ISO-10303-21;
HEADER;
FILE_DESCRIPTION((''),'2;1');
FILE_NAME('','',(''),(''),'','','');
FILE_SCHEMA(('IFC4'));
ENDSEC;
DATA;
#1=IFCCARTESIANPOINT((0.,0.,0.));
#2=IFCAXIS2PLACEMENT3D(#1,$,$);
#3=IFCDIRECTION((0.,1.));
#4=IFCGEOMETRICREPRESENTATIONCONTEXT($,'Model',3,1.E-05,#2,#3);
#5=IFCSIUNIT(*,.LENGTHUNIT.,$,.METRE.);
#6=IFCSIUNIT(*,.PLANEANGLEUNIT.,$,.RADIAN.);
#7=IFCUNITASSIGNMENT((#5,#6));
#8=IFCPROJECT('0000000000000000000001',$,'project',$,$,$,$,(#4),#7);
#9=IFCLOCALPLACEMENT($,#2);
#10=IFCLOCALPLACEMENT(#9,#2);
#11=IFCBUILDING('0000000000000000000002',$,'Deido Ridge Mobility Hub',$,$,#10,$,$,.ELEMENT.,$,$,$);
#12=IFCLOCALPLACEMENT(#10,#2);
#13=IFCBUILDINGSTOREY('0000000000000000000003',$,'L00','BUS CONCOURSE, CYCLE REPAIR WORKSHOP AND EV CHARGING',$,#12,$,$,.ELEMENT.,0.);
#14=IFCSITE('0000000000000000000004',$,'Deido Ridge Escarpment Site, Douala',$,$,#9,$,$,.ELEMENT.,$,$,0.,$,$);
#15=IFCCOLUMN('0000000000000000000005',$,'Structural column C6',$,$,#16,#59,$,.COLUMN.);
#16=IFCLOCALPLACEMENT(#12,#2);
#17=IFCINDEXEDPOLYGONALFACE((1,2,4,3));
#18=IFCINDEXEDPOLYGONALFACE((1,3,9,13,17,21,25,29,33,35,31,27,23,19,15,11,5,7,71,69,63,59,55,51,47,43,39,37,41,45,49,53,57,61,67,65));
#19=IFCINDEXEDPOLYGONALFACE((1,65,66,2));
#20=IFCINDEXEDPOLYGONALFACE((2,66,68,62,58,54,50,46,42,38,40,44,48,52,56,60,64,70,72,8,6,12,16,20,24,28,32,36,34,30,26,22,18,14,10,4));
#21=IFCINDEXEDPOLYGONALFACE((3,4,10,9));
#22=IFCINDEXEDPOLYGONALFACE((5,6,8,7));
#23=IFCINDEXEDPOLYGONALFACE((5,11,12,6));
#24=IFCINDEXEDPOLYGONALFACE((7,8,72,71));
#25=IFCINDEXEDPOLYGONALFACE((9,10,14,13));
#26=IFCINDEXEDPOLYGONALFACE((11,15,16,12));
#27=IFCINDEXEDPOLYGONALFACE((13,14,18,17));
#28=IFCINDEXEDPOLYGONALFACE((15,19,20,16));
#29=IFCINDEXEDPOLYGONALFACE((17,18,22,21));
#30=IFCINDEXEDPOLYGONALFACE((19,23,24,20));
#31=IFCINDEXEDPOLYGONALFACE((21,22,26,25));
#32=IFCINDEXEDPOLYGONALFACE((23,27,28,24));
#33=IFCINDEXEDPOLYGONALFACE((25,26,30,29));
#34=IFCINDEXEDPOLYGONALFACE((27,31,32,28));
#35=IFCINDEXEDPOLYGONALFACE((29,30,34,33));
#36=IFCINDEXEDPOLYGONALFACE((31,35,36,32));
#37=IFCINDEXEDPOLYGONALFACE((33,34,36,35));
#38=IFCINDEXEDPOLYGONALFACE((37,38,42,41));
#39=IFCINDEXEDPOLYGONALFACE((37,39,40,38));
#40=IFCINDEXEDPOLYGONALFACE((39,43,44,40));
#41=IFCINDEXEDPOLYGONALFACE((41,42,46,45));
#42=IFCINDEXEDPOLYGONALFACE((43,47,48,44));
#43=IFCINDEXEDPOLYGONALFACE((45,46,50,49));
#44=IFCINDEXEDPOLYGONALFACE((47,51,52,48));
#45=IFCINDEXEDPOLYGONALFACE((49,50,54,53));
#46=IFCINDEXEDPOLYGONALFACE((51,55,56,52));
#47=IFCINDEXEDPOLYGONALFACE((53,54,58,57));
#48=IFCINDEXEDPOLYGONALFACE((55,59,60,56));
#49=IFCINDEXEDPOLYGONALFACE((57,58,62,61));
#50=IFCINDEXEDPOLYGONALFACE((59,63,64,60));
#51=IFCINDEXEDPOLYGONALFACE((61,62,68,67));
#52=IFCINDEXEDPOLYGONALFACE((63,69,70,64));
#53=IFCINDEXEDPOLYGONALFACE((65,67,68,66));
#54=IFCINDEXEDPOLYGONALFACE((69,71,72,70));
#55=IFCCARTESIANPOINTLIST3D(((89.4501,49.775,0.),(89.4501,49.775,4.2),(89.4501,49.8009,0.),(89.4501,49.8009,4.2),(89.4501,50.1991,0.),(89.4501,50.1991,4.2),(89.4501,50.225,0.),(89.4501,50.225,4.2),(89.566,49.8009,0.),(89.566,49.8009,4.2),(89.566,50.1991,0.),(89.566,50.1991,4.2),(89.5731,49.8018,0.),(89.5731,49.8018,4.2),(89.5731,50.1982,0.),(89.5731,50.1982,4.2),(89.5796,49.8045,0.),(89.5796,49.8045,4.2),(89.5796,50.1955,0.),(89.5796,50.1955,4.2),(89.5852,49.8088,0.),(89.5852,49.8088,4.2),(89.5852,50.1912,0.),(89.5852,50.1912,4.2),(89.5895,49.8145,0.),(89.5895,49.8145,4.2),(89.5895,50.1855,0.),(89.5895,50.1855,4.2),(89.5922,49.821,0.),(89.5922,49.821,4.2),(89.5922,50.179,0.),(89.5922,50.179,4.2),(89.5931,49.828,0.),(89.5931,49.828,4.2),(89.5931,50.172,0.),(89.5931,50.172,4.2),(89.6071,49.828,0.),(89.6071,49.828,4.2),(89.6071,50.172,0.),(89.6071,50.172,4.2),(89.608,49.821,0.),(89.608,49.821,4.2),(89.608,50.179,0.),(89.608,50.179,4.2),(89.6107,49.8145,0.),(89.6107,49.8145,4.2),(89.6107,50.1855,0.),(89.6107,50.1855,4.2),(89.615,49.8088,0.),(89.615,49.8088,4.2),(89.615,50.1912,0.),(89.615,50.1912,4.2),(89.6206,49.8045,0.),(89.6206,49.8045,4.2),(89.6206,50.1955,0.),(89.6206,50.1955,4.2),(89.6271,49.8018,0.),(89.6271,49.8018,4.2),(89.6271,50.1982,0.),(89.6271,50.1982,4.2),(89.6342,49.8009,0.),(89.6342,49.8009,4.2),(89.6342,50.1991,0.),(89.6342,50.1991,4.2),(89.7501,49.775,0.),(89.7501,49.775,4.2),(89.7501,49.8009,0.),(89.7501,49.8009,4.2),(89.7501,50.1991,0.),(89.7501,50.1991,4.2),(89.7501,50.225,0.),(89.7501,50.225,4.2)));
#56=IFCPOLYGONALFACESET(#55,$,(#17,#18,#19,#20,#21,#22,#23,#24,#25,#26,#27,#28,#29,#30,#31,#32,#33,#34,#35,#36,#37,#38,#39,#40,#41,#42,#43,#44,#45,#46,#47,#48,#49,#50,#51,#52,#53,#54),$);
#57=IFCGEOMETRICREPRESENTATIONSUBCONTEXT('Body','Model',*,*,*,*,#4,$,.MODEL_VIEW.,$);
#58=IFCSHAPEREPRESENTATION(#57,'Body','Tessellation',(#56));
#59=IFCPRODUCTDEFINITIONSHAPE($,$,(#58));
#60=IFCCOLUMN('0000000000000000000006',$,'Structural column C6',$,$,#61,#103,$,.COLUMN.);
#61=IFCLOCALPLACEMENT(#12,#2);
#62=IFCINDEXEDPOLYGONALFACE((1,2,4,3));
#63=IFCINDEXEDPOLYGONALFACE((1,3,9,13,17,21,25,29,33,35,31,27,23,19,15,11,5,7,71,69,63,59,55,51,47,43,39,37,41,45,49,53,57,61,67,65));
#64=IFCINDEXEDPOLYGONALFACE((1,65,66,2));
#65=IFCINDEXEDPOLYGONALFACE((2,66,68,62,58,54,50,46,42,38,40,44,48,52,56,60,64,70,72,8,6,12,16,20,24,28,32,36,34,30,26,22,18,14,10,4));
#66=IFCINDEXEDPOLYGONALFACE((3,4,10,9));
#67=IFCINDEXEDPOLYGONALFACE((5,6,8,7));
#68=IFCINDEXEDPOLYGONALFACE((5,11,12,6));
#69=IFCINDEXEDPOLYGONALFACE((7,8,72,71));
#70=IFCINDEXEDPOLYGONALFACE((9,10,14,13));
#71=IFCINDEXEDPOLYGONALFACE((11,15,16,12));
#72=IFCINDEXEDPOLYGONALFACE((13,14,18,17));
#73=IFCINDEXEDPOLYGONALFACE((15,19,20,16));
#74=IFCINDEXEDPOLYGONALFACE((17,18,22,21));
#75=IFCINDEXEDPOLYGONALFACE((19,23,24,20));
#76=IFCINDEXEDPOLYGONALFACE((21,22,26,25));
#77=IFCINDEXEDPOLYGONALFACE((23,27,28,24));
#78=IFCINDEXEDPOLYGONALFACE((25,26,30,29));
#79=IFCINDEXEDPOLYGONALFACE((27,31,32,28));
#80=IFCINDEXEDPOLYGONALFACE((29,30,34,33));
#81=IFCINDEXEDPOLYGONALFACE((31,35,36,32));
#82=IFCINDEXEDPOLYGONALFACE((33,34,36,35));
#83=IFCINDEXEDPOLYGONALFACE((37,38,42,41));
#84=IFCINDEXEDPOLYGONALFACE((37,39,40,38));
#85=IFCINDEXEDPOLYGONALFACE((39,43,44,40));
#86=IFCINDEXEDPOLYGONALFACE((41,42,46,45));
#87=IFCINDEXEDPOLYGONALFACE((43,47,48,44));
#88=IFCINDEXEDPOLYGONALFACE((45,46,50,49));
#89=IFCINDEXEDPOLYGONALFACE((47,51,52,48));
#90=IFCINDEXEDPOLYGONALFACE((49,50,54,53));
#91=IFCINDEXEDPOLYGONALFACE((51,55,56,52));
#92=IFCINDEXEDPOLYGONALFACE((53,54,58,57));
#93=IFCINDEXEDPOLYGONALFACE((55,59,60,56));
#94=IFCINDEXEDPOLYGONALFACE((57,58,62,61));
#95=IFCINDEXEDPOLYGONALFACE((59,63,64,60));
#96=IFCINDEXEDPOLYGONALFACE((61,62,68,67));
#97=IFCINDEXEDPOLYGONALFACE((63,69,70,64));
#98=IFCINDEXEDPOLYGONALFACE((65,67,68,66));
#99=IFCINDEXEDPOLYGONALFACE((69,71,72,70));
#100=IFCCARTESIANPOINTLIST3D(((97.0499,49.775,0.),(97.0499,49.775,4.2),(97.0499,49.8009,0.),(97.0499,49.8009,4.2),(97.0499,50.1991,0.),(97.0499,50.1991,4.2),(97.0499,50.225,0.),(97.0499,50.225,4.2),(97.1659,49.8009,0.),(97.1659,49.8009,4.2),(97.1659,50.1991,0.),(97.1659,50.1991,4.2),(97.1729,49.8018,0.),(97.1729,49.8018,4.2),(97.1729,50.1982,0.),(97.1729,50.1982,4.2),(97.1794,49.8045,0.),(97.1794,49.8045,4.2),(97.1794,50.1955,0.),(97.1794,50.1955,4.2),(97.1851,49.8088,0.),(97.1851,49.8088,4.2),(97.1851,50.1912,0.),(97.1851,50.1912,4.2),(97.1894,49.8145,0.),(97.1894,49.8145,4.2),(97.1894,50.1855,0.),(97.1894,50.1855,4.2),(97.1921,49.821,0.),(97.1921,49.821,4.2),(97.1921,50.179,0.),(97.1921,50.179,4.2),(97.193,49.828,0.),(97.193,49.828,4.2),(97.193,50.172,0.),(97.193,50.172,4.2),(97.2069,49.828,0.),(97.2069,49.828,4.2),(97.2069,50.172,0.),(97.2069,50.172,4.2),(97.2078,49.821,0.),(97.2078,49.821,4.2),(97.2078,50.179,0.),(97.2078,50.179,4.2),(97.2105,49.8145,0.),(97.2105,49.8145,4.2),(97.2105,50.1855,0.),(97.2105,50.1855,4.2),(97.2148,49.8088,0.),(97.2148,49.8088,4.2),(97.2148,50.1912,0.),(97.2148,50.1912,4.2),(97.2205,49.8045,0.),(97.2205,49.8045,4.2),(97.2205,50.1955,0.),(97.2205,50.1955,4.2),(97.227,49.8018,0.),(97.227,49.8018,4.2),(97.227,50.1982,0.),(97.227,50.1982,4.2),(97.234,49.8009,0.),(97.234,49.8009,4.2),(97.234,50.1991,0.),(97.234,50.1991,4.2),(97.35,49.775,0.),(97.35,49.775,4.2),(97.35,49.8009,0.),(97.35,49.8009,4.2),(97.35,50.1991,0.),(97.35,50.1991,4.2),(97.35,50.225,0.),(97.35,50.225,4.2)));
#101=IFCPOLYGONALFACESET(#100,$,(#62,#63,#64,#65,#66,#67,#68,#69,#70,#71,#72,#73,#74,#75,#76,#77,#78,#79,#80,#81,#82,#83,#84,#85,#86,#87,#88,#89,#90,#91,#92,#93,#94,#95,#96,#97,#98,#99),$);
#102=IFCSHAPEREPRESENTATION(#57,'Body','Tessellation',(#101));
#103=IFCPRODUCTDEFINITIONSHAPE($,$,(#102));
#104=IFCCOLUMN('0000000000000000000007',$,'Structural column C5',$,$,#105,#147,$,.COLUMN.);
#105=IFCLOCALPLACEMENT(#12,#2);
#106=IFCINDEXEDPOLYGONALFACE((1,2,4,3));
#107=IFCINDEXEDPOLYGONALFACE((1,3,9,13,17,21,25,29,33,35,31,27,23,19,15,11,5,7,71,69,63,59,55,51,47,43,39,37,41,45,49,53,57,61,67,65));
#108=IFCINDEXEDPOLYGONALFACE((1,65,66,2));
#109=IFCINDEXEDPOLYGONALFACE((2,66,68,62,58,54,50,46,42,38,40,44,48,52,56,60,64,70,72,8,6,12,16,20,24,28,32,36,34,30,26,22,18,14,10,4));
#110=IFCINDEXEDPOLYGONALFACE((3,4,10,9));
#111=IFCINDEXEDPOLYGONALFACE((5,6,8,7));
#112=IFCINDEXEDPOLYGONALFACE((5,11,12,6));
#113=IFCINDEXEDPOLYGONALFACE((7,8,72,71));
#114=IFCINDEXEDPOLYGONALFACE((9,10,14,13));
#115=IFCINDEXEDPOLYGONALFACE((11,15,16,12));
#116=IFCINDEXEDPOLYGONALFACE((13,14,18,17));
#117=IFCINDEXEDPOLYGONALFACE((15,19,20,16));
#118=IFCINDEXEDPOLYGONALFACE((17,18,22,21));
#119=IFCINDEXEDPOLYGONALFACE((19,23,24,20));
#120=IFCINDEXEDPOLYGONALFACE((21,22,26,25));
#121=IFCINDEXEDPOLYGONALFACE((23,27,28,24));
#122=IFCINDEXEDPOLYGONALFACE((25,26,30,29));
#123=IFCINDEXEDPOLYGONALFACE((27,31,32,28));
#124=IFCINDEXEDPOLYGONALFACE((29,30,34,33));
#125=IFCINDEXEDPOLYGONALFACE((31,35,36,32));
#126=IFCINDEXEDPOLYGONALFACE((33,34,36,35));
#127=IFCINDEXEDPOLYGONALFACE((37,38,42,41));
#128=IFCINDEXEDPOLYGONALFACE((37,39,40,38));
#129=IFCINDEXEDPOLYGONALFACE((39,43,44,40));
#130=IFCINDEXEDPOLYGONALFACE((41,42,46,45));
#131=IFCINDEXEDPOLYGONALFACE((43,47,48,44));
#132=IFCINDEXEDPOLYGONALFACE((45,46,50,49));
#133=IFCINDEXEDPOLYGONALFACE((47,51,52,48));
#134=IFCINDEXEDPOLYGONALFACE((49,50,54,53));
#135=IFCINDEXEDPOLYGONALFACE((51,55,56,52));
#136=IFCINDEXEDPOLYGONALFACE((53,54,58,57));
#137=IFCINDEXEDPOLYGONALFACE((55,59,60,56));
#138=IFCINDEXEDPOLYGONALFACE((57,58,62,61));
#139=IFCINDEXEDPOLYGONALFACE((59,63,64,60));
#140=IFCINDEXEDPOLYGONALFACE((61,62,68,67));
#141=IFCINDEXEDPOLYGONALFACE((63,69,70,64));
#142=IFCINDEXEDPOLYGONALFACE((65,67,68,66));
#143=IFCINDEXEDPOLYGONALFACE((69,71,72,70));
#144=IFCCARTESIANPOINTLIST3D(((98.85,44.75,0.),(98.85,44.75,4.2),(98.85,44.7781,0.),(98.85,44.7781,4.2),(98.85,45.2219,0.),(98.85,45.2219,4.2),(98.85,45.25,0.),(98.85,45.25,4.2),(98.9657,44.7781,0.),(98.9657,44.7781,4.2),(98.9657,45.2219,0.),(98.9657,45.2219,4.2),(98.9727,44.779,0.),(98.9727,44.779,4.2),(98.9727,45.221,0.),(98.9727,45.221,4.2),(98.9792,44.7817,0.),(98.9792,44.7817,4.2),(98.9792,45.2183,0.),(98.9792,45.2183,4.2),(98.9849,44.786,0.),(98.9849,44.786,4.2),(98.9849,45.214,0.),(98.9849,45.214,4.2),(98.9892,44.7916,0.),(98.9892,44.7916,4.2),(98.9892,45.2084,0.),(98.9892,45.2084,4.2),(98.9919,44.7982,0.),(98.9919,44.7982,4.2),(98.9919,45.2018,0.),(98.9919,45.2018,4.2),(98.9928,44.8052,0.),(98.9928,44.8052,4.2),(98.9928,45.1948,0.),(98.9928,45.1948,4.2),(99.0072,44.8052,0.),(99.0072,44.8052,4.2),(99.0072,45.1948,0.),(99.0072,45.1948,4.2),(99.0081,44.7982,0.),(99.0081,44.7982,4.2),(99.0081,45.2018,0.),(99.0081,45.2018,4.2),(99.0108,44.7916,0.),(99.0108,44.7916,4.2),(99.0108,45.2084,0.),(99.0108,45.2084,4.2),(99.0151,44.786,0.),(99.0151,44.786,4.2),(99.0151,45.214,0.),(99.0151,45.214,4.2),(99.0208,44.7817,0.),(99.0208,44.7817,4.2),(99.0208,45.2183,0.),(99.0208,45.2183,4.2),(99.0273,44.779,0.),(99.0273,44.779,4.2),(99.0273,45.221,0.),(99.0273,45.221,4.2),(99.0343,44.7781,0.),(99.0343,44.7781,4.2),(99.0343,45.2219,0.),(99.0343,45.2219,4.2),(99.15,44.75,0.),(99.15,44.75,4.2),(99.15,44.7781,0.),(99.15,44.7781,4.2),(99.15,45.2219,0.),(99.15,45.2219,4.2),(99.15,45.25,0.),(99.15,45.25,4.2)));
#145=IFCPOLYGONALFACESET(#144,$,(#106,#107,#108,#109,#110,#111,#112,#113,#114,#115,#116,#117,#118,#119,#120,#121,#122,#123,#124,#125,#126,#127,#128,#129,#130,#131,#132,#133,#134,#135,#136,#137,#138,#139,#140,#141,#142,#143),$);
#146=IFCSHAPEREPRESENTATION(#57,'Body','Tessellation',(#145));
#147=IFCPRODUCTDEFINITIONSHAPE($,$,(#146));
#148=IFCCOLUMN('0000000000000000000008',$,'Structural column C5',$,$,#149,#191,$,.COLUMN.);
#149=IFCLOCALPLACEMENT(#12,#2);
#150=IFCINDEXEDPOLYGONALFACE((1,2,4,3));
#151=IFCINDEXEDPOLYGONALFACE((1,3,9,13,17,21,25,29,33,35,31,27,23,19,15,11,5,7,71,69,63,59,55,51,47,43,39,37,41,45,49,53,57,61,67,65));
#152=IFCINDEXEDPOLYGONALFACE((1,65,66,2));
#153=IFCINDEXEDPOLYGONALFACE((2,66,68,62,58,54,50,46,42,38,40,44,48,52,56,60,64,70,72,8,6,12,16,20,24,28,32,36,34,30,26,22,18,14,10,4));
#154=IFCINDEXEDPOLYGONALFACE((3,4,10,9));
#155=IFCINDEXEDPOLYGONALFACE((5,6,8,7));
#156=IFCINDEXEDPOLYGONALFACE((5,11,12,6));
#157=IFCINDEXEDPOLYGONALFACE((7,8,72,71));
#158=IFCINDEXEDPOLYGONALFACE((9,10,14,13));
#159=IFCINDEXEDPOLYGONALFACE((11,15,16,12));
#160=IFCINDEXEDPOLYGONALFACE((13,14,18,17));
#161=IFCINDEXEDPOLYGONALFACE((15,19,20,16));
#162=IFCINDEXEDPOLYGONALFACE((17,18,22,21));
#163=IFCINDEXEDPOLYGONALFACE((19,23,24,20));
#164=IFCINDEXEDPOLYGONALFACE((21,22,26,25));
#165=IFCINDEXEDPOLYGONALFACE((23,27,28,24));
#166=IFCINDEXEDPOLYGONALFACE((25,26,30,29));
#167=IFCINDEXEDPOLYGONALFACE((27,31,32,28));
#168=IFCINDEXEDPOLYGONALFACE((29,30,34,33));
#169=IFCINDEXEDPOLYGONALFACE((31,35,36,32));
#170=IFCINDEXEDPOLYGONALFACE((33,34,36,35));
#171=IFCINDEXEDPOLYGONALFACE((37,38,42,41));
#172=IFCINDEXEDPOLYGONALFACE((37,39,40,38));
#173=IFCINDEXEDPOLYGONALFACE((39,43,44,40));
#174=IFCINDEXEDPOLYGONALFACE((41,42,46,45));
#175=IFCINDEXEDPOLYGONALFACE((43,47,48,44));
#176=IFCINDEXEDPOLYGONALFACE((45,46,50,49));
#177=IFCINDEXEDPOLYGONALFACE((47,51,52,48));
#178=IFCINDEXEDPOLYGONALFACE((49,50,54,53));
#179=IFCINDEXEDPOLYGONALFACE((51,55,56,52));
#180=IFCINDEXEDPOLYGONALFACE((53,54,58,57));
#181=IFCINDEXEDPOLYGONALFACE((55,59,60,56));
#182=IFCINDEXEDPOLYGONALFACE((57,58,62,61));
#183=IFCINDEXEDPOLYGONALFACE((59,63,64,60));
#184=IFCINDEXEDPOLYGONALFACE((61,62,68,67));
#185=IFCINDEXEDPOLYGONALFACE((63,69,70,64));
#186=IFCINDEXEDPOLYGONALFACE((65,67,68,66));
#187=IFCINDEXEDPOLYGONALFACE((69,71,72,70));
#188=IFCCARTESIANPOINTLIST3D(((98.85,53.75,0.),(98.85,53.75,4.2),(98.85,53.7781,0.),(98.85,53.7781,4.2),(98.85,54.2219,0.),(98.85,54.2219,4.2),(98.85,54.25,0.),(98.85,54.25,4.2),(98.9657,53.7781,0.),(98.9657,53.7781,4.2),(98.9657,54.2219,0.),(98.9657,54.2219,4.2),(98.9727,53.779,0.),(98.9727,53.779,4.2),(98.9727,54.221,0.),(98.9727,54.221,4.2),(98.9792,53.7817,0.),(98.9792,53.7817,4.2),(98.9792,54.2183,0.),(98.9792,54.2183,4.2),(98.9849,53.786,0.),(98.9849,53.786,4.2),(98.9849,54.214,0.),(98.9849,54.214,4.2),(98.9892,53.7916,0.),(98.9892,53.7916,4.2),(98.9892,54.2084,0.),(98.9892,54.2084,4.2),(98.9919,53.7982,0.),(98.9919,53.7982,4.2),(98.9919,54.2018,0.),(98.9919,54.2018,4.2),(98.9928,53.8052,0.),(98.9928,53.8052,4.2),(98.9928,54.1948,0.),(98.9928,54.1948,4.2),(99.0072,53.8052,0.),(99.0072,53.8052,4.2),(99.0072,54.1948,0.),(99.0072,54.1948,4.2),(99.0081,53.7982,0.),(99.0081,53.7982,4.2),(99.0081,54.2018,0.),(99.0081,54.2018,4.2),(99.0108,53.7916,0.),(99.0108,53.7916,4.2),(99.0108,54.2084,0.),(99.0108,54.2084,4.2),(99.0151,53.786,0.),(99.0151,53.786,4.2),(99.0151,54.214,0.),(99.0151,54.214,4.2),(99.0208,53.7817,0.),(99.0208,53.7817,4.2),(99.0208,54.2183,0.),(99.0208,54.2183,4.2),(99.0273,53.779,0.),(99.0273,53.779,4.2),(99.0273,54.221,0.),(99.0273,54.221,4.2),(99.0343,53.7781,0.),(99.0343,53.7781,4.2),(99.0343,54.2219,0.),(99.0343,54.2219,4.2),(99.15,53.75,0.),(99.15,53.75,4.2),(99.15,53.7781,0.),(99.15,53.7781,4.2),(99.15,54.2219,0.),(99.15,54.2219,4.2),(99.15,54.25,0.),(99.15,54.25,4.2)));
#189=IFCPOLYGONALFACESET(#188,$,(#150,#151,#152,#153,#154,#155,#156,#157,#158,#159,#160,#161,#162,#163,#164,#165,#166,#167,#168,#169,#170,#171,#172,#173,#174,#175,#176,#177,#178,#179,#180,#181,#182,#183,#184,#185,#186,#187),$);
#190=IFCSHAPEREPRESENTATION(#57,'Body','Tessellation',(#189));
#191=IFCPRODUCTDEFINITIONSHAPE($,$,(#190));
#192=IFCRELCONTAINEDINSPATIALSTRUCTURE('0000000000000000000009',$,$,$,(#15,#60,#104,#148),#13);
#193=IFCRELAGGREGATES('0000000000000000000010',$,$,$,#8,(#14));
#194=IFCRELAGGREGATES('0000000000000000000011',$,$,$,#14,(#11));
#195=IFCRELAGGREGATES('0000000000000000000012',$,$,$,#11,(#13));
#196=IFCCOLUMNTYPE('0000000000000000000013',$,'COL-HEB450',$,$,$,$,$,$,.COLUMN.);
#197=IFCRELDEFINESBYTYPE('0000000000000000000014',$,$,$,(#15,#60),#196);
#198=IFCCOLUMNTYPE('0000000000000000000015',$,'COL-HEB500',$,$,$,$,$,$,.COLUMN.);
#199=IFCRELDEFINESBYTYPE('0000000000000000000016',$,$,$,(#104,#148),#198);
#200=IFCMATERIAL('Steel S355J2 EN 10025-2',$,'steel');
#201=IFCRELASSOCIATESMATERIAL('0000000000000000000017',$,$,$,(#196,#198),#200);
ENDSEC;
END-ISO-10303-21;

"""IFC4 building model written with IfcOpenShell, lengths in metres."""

from ifc_helpers import new_model, si_unit, direction, frame, origin, origin_2d, place, context, subcontext, project, spatial, i_section, extrude, material, material_profile, profile_set, type_object, element, save


model = new_model("IFC4")

# Units and contexts
model_context = context("Model", 3, precision=1e-05, world=origin(), true_north=direction((0.0, 1.0)))
body_context = subcontext(model_context, "Body", "Model", "MODEL_VIEW")
ifc_project = project(units=[si_unit("LENGTHUNIT", "METRE"), si_unit("PLANEANGLEUNIT", "RADIAN")], contexts=[model_context])

# Site, building, storey
site_placement = place(None, origin())
site = spatial("IfcSite", under=ifc_project, at=site_placement, Name="Deido Ridge Escarpment Site, Douala", CompositionType="ELEMENT", RefElevation=0.0)
building_placement = place(site_placement, origin())
building = spatial("IfcBuilding", under=site, at=building_placement, Name="Deido Ridge Mobility Hub", CompositionType="ELEMENT")
storey_placement = place(building_placement, origin())
storey = spatial("IfcBuildingStorey", under=building, at=storey_placement, Name="L00", Description="BUS CONCOURSE, CYCLE REPAIR WORKSHOP AND EV CHARGING", CompositionType="ELEMENT", Elevation=0.0)

# Columns
ifc_material_1 = material(Name="Steel S355J2 EN 10025-2", Category="steel")
ifc_material_profile_1 = material_profile(ifc_material_1, i_section(OverallWidth=0.3, OverallDepth=0.45, WebThickness=0.0139, FlangeThickness=0.0259, FilletRadius=0.0271, at=origin_2d()), Name="HEB 450")
ifc_profile_set_1 = profile_set([ifc_material_profile_1], Name="Steel S355J2 EN 10025-2")
column_type_1 = type_object("IfcColumnType", Name="COL-HEB450", PredefinedType="COLUMN", material=ifc_profile_set_1)
for number, where, z_axis, x_axis, name in (
    (1, (89.6001, 50.0, 0.0), (0.0, 0.0, 1.0), (1.0, 0.0, 0.0), "Structural column C6"),
    (2, (97.2, 50.0, 0.0), (0.0, 0.0, 1.0), (1.0, 0.0, 0.0), "Structural column C6"),
):
    element("IfcColumn", number, at=place(storey_placement, frame(where, z_axis=z_axis, x_axis=x_axis)), inside=storey, type_object=column_type_1, Name=name, PredefinedType="COLUMN", context=body_context, shape_type="SweptSolid", body=[
        extrude(i_section(OverallWidth=0.3, OverallDepth=0.45, WebThickness=0.0139, FlangeThickness=0.0259, FilletRadius=0.0271, at=origin_2d()), origin(), (0.0, 0.0, 1.0), 4.2),
    ])
ifc_material_profile_2 = material_profile(ifc_material_1, i_section(OverallWidth=0.3, OverallDepth=0.5, WebThickness=0.0144, FlangeThickness=0.0281, FilletRadius=0.0271, at=origin_2d()), Name="HEB 500")
ifc_profile_set_2 = profile_set([ifc_material_profile_2], Name="Steel S355J2 EN 10025-2")
column_type_2 = type_object("IfcColumnType", Name="COL-HEB500", PredefinedType="COLUMN", material=ifc_profile_set_2)
for number, where, z_axis, x_axis, name in (
    (3, (99.0, 45.0, 0.0), (0.0, 0.0, 1.0), (1.0, 0.0, 0.0), "Structural column C5"),
    (4, (99.0, 54.0, 0.0), (0.0, 0.0, 1.0), (1.0, 0.0, 0.0), "Structural column C5"),
):
    element("IfcColumn", number, at=place(storey_placement, frame(where, z_axis=z_axis, x_axis=x_axis)), inside=storey, type_object=column_type_2, Name=name, PredefinedType="COLUMN", context=body_context, shape_type="SweptSolid", body=[
        extrude(i_section(OverallWidth=0.3, OverallDepth=0.5, WebThickness=0.0144, FlangeThickness=0.0281, FilletRadius=0.0271, at=origin_2d()), origin(), (0.0, 0.0, 1.0), 4.2),
    ])

save(model, "model.ifc")
